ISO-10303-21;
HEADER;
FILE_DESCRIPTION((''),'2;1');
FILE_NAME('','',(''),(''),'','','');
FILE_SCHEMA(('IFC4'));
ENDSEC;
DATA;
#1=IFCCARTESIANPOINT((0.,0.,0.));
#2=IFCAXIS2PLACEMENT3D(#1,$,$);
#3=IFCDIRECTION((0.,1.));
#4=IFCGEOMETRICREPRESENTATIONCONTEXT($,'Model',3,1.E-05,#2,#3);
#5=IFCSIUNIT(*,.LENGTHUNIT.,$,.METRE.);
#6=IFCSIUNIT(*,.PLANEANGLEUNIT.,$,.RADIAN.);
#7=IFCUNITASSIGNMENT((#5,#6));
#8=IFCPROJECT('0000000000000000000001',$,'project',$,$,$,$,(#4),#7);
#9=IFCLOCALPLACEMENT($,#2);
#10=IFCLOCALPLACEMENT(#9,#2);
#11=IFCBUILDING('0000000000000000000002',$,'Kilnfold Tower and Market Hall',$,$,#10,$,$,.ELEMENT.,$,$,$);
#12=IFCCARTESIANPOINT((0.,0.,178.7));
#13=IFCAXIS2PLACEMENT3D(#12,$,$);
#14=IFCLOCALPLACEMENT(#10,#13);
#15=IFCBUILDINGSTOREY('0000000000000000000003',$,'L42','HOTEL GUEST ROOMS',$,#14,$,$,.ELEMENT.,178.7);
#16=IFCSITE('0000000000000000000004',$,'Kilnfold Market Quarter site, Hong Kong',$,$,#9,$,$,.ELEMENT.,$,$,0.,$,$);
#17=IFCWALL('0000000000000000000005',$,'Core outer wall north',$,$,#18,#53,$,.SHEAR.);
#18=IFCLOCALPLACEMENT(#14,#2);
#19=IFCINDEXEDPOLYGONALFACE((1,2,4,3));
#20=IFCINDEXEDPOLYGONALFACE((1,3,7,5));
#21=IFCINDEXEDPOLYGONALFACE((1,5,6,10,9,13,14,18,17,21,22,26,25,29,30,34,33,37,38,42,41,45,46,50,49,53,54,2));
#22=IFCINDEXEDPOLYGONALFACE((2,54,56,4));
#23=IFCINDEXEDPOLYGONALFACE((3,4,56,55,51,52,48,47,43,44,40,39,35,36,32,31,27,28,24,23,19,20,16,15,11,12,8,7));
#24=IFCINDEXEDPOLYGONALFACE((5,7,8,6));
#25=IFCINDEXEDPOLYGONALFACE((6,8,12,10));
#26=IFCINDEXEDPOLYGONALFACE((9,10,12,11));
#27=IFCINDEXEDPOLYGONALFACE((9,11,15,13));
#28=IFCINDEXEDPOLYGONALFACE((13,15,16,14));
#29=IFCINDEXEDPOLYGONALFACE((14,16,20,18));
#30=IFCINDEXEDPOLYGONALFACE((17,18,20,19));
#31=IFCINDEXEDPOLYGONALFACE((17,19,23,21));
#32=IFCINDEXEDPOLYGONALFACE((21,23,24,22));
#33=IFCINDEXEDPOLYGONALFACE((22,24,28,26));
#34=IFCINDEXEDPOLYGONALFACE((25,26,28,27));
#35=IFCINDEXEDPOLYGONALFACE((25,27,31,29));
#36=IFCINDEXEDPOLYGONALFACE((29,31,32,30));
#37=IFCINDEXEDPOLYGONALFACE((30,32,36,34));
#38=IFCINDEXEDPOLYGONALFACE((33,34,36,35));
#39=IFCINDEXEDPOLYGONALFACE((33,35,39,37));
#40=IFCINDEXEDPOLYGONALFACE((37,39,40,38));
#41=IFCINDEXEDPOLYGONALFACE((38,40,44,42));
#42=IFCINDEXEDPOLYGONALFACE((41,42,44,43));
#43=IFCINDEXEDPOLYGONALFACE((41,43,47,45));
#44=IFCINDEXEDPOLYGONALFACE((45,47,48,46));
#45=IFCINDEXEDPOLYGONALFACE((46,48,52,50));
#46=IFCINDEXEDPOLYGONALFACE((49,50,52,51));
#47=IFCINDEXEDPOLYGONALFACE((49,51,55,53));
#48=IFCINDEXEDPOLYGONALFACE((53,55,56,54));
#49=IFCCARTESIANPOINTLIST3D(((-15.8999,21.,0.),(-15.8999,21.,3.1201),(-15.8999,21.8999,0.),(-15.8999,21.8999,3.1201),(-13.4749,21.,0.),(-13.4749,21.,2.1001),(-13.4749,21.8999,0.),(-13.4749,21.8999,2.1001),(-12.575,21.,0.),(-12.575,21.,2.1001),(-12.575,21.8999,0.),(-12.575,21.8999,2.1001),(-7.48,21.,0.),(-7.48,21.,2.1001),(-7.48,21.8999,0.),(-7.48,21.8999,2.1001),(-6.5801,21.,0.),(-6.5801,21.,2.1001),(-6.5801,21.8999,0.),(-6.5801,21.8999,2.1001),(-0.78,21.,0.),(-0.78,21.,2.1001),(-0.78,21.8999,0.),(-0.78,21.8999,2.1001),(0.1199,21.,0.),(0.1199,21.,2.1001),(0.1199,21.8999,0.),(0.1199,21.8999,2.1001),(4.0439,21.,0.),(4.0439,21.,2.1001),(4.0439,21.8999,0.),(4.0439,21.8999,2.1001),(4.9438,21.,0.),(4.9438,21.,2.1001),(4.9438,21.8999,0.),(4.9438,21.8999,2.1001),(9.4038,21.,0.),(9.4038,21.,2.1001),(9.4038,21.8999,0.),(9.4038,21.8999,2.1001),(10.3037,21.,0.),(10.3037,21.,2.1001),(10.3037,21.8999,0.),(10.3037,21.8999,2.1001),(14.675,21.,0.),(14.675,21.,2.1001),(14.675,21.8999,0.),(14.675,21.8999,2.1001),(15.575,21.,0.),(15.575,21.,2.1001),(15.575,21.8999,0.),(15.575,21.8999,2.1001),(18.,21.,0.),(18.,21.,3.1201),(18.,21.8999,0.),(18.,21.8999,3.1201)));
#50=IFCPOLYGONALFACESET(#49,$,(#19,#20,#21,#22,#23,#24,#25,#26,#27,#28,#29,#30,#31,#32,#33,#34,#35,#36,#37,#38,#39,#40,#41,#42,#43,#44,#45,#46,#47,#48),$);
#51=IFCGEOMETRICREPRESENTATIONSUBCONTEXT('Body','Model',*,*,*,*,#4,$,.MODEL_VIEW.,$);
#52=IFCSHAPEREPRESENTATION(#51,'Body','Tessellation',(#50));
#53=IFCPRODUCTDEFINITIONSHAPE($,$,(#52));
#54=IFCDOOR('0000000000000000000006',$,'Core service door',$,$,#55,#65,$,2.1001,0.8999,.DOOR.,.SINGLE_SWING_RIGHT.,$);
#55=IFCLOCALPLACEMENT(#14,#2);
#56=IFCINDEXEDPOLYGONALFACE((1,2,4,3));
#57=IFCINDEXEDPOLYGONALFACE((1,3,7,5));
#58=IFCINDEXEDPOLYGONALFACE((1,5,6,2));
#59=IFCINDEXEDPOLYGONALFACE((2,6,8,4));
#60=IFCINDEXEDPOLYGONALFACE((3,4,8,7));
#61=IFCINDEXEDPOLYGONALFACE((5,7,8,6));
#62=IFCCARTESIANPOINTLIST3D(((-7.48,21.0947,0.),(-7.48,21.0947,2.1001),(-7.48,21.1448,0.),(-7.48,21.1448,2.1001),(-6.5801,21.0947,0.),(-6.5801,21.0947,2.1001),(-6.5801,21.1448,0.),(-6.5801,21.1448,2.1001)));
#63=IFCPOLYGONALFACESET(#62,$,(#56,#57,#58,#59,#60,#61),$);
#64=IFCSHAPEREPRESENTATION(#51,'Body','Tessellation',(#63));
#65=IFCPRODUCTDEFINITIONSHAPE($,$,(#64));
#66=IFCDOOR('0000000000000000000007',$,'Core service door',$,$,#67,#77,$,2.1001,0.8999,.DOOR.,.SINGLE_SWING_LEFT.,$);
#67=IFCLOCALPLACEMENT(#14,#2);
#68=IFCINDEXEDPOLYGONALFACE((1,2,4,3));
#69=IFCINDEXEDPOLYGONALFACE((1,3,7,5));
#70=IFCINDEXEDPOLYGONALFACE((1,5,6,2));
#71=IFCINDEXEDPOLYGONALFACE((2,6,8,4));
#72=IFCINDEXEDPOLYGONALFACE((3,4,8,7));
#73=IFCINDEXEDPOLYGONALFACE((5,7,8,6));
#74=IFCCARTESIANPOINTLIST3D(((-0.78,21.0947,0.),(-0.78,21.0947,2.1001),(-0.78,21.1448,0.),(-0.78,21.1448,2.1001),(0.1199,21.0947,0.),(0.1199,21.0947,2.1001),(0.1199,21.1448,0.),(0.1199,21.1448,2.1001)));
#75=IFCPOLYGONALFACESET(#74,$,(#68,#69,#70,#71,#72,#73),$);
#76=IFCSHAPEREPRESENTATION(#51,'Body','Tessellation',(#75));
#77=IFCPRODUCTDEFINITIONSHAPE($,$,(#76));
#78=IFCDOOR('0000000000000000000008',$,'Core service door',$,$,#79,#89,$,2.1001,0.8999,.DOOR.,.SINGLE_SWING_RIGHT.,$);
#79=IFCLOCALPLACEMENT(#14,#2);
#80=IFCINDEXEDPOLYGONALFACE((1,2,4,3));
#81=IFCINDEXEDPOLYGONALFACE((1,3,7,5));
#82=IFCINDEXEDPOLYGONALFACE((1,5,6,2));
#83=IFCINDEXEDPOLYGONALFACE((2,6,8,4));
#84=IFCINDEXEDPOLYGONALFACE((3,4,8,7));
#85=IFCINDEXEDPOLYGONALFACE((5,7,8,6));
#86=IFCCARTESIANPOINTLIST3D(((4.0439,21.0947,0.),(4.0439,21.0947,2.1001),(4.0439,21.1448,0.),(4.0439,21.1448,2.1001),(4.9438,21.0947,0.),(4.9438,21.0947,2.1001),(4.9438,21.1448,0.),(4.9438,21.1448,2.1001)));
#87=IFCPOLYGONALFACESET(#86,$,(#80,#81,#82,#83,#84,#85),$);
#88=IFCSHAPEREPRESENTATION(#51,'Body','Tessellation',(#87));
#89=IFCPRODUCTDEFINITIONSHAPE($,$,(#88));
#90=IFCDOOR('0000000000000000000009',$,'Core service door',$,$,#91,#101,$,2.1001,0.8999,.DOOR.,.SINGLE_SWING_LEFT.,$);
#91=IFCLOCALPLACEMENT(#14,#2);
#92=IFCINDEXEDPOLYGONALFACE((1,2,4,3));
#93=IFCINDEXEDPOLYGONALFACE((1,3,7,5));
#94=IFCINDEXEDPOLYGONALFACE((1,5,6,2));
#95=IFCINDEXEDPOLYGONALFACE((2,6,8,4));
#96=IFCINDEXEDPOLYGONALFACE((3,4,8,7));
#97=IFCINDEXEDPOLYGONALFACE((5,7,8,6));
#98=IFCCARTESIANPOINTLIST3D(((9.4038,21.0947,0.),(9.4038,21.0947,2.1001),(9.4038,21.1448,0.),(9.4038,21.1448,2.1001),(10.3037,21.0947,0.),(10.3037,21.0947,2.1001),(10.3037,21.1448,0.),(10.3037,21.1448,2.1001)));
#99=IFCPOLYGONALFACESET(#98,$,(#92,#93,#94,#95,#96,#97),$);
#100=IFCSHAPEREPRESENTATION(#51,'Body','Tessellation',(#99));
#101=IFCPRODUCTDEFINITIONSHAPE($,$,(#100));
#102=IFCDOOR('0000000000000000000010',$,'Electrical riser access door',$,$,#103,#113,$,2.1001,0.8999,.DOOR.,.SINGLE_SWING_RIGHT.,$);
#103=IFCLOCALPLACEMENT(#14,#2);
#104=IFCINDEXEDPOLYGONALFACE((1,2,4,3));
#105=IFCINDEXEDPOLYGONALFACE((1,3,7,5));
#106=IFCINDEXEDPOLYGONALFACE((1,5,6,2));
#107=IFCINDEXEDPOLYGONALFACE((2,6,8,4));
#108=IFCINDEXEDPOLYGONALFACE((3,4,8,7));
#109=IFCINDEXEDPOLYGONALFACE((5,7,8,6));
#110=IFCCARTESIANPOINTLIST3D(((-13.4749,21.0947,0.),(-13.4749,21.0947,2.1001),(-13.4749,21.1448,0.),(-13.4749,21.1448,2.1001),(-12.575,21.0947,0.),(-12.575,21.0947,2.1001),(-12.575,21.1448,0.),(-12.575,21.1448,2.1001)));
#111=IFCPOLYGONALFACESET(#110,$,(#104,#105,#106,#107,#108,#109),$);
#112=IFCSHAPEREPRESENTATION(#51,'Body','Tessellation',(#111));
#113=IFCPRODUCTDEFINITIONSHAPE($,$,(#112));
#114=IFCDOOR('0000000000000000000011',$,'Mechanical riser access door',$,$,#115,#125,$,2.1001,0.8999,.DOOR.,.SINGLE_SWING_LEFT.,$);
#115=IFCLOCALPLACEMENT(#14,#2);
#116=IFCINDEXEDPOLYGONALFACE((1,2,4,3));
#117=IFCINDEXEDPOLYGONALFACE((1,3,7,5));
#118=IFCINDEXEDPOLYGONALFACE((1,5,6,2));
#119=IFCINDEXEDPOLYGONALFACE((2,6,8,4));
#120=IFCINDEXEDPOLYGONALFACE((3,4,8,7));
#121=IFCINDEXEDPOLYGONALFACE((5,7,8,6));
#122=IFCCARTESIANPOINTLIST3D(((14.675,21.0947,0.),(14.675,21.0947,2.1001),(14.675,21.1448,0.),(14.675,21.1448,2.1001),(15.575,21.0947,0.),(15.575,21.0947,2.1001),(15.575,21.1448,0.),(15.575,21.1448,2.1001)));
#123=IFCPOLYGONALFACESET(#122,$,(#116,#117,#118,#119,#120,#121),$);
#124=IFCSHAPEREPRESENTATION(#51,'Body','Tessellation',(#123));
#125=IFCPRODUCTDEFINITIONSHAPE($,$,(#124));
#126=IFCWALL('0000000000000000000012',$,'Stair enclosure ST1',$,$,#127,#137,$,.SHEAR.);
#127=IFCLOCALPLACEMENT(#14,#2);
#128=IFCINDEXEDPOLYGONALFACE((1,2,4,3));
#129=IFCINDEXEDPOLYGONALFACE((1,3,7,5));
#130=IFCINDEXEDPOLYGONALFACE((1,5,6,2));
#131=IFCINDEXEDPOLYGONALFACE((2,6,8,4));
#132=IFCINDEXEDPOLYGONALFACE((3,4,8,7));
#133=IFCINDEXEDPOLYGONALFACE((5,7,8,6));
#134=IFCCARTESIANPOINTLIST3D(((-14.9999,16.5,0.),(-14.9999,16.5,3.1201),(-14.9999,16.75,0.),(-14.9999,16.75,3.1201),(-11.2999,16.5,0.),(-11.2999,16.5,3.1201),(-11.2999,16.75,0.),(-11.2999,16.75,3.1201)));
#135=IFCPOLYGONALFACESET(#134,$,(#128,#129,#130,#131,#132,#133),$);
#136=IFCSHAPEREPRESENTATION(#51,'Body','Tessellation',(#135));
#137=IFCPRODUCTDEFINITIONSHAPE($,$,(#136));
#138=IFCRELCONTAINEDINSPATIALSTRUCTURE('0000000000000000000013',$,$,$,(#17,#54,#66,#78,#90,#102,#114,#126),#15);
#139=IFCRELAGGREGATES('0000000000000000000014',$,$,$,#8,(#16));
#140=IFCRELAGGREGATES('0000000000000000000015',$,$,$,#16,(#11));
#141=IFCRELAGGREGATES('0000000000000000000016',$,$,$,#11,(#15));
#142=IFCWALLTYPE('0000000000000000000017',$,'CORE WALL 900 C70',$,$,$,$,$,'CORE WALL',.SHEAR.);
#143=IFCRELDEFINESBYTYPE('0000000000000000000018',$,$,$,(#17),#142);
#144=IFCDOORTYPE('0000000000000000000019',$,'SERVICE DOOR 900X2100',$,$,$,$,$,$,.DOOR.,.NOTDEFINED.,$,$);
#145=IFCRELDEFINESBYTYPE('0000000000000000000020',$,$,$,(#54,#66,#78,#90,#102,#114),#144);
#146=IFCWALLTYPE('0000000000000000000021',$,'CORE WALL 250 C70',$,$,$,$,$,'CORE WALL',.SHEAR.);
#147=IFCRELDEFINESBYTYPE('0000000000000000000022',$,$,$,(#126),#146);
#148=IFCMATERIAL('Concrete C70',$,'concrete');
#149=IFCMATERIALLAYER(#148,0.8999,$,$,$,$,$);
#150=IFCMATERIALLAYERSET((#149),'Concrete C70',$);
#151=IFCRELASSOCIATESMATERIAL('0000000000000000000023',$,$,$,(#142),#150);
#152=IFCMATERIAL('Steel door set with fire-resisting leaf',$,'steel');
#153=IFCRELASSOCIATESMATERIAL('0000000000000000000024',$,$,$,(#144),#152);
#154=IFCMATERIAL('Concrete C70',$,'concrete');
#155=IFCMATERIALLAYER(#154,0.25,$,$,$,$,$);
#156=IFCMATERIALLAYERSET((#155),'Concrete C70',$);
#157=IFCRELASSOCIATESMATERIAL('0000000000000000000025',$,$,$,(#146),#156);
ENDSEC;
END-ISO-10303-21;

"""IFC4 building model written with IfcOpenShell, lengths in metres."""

from ifc_helpers import new_model, si_unit, direction, frame, frame_2d, origin, place, context, subcontext, project, spatial, rectangle, extrude, source, transform, mapped, material, layer, layer_set, type_object, element, fill, save


model = new_model("IFC4")

# Units and contexts
model_context = context("Model", 3, precision=1e-05, world=origin(), true_north=direction((0.0, 1.0)))
body_context = subcontext(model_context, "Body", "Model", "MODEL_VIEW")
ifc_project = project(units=[si_unit("LENGTHUNIT", "METRE"), si_unit("PLANEANGLEUNIT", "RADIAN")], contexts=[model_context])

# Site, building, storey
site_placement = place(None, origin())
site = spatial("IfcSite", under=ifc_project, at=site_placement, Name="Kilnfold Market Quarter site, Hong Kong", CompositionType="ELEMENT", RefElevation=0.0)
building_placement = place(site_placement, origin())
building = spatial("IfcBuilding", under=site, at=building_placement, Name="Kilnfold Tower and Market Hall", CompositionType="ELEMENT")
storey_placement = place(building_placement, frame((0.0, 0.0, 178.7)))
storey = spatial("IfcBuildingStorey", under=building, at=storey_placement, Name="L42", Description="HOTEL GUEST ROOMS", CompositionType="ELEMENT", Elevation=178.7)

# Wall, openings, doors
ifc_material_1 = material(Name="Concrete C70", Category="concrete")
ifc_layer_1 = layer(ifc_material_1, 0.8999)
ifc_layer_set_1 = layer_set([ifc_layer_1], Name="Concrete C70")
wall_type_1 = type_object("IfcWallType", Name="CORE WALL 900 C70", ElementType="CORE WALL", PredefinedType="SHEAR", material=ifc_layer_set_1)
shared_shape_1 = source(origin(), body_context, "Body", "SweptSolid", [
    extrude(rectangle(XDim=33.8999, YDim=0.8999, at=frame_2d((16.95, 0.0))), origin(), (0.0, 0.0, 1.0), 3.1201),
])
wall_1_placement = place(storey_placement, frame((-15.8999, 21.45, 0.0), z_axis=(0.0, 0.0, 1.0), x_axis=(1.0, 0.0, 0.0)))
wall_1 = element("IfcWall", 1, at=wall_1_placement, inside=storey, type_object=wall_type_1, Name="Core outer wall north", PredefinedType="SHEAR", context=body_context, shape_type="MappedRepresentation", body=[
    mapped(shared_shape_1, transform((0.0, 0.0, 0.0))),
])
opening_1_placement = place(wall_1_placement, frame((8.4199, 0.0, 0.0)))
opening_1 = element("IfcOpeningElement", 2, at=opening_1_placement, cuts=wall_1, PredefinedType="OPENING", context=body_context, shape_type="SweptSolid", body=[
    extrude(rectangle(XDim=0.8999, YDim=2.1001, at=frame_2d((0.45, 1.05))), frame((0.0, 0.46, 0.0), z_axis=(0.0, -1.0, 0.0), x_axis=(1.0, 0.0, 0.0)), (0.0, 0.0, 1.0), 0.9199),
])
opening_2_placement = place(wall_1_placement, frame((15.1199, 0.0, 0.0)))
opening_2 = element("IfcOpeningElement", 3, at=opening_2_placement, cuts=wall_1, PredefinedType="OPENING", context=body_context, shape_type="SweptSolid", body=[
    extrude(rectangle(XDim=0.8999, YDim=2.1001, at=frame_2d((0.45, 1.05))), frame((0.0, 0.46, 0.0), z_axis=(0.0, -1.0, 0.0), x_axis=(1.0, 0.0, 0.0)), (0.0, 0.0, 1.0), 0.9199),
])
opening_3_placement = place(wall_1_placement, frame((19.9438, 0.0, 0.0)))
opening_3 = element("IfcOpeningElement", 4, at=opening_3_placement, cuts=wall_1, PredefinedType="OPENING", context=body_context, shape_type="SweptSolid", body=[
    extrude(rectangle(XDim=0.8999, YDim=2.1001, at=frame_2d((0.45, 1.05))), frame((0.0, 0.46, 0.0), z_axis=(0.0, -1.0, 0.0), x_axis=(1.0, 0.0, 0.0)), (0.0, 0.0, 1.0), 0.9199),
])
opening_4_placement = place(wall_1_placement, frame((25.3037, 0.0, 0.0)))
opening_4 = element("IfcOpeningElement", 5, at=opening_4_placement, cuts=wall_1, PredefinedType="OPENING", context=body_context, shape_type="SweptSolid", body=[
    extrude(rectangle(XDim=0.8999, YDim=2.1001, at=frame_2d((0.45, 1.05))), frame((0.0, 0.46, 0.0), z_axis=(0.0, -1.0, 0.0), x_axis=(1.0, 0.0, 0.0)), (0.0, 0.0, 1.0), 0.9199),
])
opening_5_placement = place(wall_1_placement, frame((2.425, 0.0, 0.0)))
opening_5 = element("IfcOpeningElement", 6, at=opening_5_placement, cuts=wall_1, PredefinedType="OPENING", context=body_context, shape_type="SweptSolid", body=[
    extrude(rectangle(XDim=0.8999, YDim=2.1001, at=frame_2d((0.45, 1.05))), frame((0.0, 0.46, 0.0), z_axis=(0.0, -1.0, 0.0), x_axis=(1.0, 0.0, 0.0)), (0.0, 0.0, 1.0), 0.9199),
])
opening_6_placement = place(wall_1_placement, frame((30.575, 0.0, 0.0)))
opening_6 = element("IfcOpeningElement", 7, at=opening_6_placement, cuts=wall_1, PredefinedType="OPENING", context=body_context, shape_type="SweptSolid", body=[
    extrude(rectangle(XDim=0.8999, YDim=2.1001, at=frame_2d((0.45, 1.05))), frame((0.0, 0.46, 0.0), z_axis=(0.0, -1.0, 0.0), x_axis=(1.0, 0.0, 0.0)), (0.0, 0.0, 1.0), 0.9199),
])
ifc_material_2 = material(Name="Steel door set with fire-resisting leaf", Category="steel")
door_type = type_object("IfcDoorType", Name="SERVICE DOOR 900X2100", OperationType="NOTDEFINED", PredefinedType="DOOR", material=ifc_material_2)
door_1_placement = place(opening_1_placement, origin())
door_1 = element("IfcDoor", 8, at=door_1_placement, inside=storey, type_object=door_type, Name="Core service door", OperationType="SINGLE_SWING_RIGHT", OverallHeight=2.1001, OverallWidth=0.8999, PredefinedType="DOOR", context=body_context, shape_type="SweptSolid", body=[
    extrude(rectangle(XDim=0.8999, YDim=2.1001, at=frame_2d((0.45, 1.05))), frame((0.0, -0.3052, 0.0), z_axis=(0.0, -1.0, 0.0), x_axis=(1.0, 0.0, 0.0)), (0.0, 0.0, 1.0), 0.05),
])
fill(opening_1, door_1)
door_2_placement = place(opening_2_placement, origin())
door_2 = element("IfcDoor", 9, at=door_2_placement, inside=storey, type_object=door_type, Name="Core service door", OperationType="SINGLE_SWING_LEFT", OverallHeight=2.1001, OverallWidth=0.8999, PredefinedType="DOOR", context=body_context, shape_type="SweptSolid", body=[
    extrude(rectangle(XDim=0.8999, YDim=2.1001, at=frame_2d((0.45, 1.05))), frame((0.0, -0.3052, 0.0), z_axis=(0.0, -1.0, 0.0), x_axis=(1.0, 0.0, 0.0)), (0.0, 0.0, 1.0), 0.05),
])
fill(opening_2, door_2)
door_3_placement = place(opening_3_placement, origin())
door_3 = element("IfcDoor", 10, at=door_3_placement, inside=storey, type_object=door_type, Name="Core service door", OperationType="SINGLE_SWING_RIGHT", OverallHeight=2.1001, OverallWidth=0.8999, PredefinedType="DOOR", context=body_context, shape_type="SweptSolid", body=[
    extrude(rectangle(XDim=0.8999, YDim=2.1001, at=frame_2d((0.45, 1.05))), frame((0.0, -0.3052, 0.0), z_axis=(0.0, -1.0, 0.0), x_axis=(1.0, 0.0, 0.0)), (0.0, 0.0, 1.0), 0.05),
])
fill(opening_3, door_3)
door_4_placement = place(opening_4_placement, origin())
door_4 = element("IfcDoor", 11, at=door_4_placement, inside=storey, type_object=door_type, Name="Core service door", OperationType="SINGLE_SWING_LEFT", OverallHeight=2.1001, OverallWidth=0.8999, PredefinedType="DOOR", context=body_context, shape_type="SweptSolid", body=[
    extrude(rectangle(XDim=0.8999, YDim=2.1001, at=frame_2d((0.45, 1.05))), frame((0.0, -0.3052, 0.0), z_axis=(0.0, -1.0, 0.0), x_axis=(1.0, 0.0, 0.0)), (0.0, 0.0, 1.0), 0.05),
])
fill(opening_4, door_4)
door_5_placement = place(opening_5_placement, origin())
door_5 = element("IfcDoor", 12, at=door_5_placement, inside=storey, type_object=door_type, Name="Electrical riser access door", OperationType="SINGLE_SWING_RIGHT", OverallHeight=2.1001, OverallWidth=0.8999, PredefinedType="DOOR", context=body_context, shape_type="SweptSolid", body=[
    extrude(rectangle(XDim=0.8999, YDim=2.1001, at=frame_2d((0.45, 1.05))), frame((0.0, -0.3052, 0.0), z_axis=(0.0, -1.0, 0.0), x_axis=(1.0, 0.0, 0.0)), (0.0, 0.0, 1.0), 0.05),
])
fill(opening_5, door_5)
door_6_placement = place(opening_6_placement, origin())
door_6 = element("IfcDoor", 13, at=door_6_placement, inside=storey, type_object=door_type, Name="Mechanical riser access door", OperationType="SINGLE_SWING_LEFT", OverallHeight=2.1001, OverallWidth=0.8999, PredefinedType="DOOR", context=body_context, shape_type="SweptSolid", body=[
    extrude(rectangle(XDim=0.8999, YDim=2.1001, at=frame_2d((0.45, 1.05))), frame((0.0, -0.3052, 0.0), z_axis=(0.0, -1.0, 0.0), x_axis=(1.0, 0.0, 0.0)), (0.0, 0.0, 1.0), 0.05),
])
fill(opening_6, door_6)

# Wall
ifc_material_3 = material(Name="Concrete C70", Category="concrete")
ifc_layer_2 = layer(ifc_material_3, 0.25)
ifc_layer_set_2 = layer_set([ifc_layer_2], Name="Concrete C70")
wall_type_2 = type_object("IfcWallType", Name="CORE WALL 250 C70", ElementType="CORE WALL", PredefinedType="SHEAR", material=ifc_layer_set_2)
shared_shape_2 = source(origin(), body_context, "Body", "SweptSolid", [
    extrude(rectangle(XDim=3.7, YDim=0.25, at=frame_2d((1.8501, 0.0))), origin(), (0.0, 0.0, 1.0), 3.1201),
])
wall_2_placement = place(storey_placement, frame((-15.0, 16.625, 0.0), z_axis=(0.0, 0.0, 1.0), x_axis=(1.0, 0.0, 0.0)))
element("IfcWall", 14, at=wall_2_placement, inside=storey, type_object=wall_type_2, Name="Stair enclosure ST1", PredefinedType="SHEAR", context=body_context, shape_type="MappedRepresentation", body=[
    mapped(shared_shape_2, transform((0.0, 0.0, 0.0))),
])

save(model, "model.ifc")
